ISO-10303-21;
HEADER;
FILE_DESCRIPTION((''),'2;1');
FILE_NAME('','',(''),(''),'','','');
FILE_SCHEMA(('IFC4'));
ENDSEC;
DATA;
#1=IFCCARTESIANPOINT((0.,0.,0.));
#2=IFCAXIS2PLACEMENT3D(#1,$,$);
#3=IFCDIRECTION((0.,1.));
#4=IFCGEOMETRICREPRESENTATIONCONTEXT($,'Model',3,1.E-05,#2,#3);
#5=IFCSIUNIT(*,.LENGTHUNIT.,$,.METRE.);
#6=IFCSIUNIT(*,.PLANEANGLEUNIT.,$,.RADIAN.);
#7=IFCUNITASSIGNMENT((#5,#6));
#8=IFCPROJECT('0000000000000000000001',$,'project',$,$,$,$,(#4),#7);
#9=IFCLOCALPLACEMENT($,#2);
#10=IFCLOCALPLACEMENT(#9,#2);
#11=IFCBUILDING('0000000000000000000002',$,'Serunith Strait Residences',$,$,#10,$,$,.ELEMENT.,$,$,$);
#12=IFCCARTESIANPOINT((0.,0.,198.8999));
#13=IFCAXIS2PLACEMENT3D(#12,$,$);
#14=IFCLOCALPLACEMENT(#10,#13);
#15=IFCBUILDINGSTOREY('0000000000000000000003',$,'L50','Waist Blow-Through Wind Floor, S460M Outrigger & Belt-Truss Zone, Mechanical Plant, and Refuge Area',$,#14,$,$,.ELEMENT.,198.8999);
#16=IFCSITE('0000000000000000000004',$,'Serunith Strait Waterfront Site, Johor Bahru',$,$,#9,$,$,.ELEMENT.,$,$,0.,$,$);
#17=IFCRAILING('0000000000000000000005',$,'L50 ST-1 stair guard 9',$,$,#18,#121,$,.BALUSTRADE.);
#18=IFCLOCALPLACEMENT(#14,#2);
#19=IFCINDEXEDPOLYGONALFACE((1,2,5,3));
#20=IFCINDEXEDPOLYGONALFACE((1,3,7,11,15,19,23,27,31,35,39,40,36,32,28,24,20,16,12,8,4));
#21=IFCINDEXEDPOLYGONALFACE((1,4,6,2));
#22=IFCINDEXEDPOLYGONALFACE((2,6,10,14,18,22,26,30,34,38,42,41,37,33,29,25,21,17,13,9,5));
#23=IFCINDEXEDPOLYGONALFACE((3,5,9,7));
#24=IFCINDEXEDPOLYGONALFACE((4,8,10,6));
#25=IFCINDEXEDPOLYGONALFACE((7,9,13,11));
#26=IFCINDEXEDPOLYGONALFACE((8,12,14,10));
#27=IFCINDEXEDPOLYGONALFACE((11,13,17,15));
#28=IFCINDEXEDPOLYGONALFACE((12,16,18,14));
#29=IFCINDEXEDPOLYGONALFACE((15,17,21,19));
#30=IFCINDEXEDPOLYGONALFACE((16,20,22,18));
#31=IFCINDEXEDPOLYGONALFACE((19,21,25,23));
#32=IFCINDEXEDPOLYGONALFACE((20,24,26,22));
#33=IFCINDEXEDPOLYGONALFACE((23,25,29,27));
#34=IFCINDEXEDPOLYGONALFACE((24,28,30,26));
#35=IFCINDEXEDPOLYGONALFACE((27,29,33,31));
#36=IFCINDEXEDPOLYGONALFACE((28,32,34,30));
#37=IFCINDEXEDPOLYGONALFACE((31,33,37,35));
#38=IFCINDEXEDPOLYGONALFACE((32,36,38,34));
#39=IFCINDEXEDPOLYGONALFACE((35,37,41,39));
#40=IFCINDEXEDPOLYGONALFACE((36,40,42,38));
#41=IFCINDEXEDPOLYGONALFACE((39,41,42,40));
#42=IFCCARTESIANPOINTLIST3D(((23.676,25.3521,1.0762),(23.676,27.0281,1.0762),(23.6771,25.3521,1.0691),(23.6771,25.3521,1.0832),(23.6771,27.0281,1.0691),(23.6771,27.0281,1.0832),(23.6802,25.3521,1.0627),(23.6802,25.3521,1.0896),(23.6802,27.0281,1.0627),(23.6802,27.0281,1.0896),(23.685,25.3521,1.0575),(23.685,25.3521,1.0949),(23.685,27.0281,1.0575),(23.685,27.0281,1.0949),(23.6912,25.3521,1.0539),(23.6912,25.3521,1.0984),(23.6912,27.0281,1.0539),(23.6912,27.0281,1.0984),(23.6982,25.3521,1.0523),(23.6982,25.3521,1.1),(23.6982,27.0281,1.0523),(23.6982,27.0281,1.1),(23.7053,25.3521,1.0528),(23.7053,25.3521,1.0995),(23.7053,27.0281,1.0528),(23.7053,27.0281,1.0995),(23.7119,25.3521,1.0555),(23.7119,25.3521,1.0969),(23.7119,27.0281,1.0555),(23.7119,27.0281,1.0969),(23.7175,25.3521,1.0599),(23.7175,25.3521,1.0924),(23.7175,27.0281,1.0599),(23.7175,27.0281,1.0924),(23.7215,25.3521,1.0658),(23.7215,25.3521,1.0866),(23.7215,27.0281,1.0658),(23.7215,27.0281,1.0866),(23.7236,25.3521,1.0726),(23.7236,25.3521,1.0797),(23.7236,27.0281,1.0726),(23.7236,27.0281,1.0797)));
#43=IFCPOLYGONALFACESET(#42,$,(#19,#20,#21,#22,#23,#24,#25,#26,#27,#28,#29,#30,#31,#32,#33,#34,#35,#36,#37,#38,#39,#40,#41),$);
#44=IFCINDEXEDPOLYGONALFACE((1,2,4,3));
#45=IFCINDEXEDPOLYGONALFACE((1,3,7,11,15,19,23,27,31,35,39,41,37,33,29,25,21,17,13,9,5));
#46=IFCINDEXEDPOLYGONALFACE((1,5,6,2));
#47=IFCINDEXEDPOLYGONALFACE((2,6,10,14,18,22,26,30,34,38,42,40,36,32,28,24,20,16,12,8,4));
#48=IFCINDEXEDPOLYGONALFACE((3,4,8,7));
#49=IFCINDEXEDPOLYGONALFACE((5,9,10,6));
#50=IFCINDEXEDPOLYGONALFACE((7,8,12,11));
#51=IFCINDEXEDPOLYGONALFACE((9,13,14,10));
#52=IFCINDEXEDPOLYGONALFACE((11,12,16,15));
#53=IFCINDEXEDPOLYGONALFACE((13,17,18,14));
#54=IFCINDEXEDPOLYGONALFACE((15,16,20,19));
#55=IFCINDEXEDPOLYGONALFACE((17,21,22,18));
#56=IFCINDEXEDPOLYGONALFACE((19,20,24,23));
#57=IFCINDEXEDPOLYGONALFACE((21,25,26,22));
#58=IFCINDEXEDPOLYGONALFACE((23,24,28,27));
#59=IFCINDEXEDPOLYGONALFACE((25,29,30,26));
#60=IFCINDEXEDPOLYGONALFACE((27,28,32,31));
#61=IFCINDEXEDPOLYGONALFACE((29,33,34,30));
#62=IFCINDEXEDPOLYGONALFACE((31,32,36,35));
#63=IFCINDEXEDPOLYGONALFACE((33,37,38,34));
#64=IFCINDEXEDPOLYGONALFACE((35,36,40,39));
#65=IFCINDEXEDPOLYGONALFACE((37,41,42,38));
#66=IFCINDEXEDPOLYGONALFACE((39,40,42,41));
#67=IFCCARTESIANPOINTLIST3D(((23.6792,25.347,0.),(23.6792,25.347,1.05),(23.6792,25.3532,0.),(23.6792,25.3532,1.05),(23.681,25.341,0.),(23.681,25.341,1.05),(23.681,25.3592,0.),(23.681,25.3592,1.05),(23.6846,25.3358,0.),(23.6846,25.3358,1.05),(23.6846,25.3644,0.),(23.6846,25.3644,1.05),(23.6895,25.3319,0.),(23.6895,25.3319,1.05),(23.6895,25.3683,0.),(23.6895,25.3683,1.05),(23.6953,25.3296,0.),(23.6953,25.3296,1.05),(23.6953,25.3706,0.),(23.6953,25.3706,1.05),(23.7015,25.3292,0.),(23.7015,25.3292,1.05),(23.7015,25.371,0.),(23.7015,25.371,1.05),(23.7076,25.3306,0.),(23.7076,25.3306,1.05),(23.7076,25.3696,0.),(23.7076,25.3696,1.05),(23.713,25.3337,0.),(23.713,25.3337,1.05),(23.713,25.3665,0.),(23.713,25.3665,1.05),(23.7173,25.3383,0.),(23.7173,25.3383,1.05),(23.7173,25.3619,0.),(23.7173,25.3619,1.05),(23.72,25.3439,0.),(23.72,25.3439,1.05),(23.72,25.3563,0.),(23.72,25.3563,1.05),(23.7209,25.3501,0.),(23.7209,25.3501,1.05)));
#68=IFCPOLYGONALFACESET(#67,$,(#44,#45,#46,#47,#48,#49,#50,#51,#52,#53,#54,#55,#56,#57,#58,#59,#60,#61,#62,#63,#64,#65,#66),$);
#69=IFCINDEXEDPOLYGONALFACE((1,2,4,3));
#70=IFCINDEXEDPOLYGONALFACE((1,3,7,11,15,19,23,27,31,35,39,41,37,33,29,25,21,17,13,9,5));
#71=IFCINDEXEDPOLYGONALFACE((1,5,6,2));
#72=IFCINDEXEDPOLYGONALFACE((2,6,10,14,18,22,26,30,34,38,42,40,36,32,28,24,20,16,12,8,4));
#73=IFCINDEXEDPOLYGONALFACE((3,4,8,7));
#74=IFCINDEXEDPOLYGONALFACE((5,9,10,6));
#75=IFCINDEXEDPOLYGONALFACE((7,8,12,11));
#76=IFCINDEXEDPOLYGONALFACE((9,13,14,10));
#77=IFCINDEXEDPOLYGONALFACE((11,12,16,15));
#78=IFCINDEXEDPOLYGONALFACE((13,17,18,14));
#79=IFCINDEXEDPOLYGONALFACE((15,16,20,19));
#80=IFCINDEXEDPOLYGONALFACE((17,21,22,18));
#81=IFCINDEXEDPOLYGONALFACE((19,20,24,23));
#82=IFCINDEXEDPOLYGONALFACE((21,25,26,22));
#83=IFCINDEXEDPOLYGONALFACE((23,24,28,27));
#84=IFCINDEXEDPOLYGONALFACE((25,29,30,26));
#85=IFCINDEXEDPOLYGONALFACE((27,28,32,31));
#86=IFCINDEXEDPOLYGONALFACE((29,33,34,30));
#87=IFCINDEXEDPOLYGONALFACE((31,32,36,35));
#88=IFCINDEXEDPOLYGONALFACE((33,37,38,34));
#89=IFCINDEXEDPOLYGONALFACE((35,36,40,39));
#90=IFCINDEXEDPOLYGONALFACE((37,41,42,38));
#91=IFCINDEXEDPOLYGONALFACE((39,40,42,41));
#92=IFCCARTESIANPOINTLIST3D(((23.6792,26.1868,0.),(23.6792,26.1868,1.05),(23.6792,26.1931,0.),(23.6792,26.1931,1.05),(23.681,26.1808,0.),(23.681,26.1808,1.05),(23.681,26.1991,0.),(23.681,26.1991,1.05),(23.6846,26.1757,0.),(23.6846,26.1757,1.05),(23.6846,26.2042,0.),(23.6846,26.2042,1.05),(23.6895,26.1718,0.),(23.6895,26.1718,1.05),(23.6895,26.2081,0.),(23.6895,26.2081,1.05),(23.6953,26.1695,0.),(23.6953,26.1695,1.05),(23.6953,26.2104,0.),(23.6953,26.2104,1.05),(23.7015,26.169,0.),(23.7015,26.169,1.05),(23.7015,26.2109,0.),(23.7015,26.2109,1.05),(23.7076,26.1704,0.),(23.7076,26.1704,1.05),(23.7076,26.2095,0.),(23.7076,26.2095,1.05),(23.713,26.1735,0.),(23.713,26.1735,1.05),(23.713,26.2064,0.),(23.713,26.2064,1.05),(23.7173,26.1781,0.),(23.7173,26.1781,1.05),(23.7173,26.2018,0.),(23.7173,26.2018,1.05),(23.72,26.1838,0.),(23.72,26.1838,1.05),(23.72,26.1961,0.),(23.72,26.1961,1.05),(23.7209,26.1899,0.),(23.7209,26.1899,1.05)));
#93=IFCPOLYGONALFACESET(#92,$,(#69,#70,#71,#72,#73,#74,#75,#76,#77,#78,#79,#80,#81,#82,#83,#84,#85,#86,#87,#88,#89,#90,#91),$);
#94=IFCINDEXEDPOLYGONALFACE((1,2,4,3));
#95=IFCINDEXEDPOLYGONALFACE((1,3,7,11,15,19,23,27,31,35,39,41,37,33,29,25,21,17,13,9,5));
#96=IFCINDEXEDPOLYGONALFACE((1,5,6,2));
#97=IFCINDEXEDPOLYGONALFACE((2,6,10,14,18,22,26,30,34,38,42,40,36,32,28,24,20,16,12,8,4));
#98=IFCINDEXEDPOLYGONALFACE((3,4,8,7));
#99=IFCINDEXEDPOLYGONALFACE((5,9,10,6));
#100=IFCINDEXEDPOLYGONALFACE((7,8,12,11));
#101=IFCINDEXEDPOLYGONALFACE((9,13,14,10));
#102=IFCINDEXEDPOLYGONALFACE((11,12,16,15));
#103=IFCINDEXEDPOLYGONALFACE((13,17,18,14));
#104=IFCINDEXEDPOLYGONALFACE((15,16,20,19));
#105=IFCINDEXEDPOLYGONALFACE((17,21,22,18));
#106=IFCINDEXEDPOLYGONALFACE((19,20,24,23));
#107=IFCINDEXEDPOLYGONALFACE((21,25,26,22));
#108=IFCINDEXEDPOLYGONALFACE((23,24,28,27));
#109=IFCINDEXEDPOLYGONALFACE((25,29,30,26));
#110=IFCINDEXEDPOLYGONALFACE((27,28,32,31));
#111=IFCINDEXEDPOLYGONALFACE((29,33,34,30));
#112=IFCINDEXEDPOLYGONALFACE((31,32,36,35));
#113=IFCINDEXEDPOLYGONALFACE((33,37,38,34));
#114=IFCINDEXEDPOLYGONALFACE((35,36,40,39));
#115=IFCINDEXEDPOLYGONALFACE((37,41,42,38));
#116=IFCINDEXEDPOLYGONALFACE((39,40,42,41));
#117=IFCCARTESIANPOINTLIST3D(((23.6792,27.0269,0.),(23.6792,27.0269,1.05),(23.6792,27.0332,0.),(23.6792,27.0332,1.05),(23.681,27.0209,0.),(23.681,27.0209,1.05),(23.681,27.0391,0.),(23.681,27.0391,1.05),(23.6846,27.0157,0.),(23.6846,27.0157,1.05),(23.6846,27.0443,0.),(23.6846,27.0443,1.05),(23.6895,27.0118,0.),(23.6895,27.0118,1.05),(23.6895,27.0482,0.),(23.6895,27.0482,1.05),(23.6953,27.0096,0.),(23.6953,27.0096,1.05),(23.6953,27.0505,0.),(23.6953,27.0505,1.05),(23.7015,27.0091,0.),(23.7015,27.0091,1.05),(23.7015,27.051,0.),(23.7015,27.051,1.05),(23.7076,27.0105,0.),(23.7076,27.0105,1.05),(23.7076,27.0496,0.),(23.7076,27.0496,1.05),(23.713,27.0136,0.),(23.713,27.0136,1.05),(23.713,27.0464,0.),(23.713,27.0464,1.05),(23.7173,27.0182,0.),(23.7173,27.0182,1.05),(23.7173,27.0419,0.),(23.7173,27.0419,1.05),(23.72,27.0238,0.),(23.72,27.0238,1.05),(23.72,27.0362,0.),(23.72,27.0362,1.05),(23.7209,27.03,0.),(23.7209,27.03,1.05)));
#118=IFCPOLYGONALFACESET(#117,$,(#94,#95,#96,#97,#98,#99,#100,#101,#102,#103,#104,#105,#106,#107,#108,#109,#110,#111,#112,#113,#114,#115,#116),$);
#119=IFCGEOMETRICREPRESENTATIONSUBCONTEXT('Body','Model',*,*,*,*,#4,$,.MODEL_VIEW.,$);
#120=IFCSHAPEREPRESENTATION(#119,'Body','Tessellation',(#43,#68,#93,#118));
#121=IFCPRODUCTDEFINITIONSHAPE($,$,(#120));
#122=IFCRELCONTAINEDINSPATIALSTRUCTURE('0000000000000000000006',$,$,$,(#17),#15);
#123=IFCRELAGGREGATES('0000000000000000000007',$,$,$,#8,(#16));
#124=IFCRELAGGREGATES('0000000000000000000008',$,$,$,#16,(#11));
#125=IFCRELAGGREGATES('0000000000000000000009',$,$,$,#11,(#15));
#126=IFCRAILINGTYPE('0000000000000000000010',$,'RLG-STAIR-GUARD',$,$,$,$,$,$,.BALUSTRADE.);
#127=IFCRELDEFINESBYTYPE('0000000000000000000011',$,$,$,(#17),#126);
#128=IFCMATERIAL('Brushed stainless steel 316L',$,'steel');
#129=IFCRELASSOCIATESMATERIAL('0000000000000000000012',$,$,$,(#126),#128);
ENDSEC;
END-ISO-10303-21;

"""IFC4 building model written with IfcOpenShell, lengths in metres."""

from ifc_helpers import new_model, si_unit, direction, frame, origin, origin_2d, place, context, subcontext, project, spatial, circle, extrude, material, type_object, element, save


model = new_model("IFC4")

# Units and contexts
model_context = context("Model", 3, precision=1e-05, world=origin(), true_north=direction((0.0, 1.0)))
body_context = subcontext(model_context, "Body", "Model", "MODEL_VIEW")
ifc_project = project(units=[si_unit("LENGTHUNIT", "METRE"), si_unit("PLANEANGLEUNIT", "RADIAN")], contexts=[model_context])

# Site, building, storey
site_placement = place(None, origin())
site = spatial("IfcSite", under=ifc_project, at=site_placement, Name="Serunith Strait Waterfront Site, Johor Bahru", CompositionType="ELEMENT", RefElevation=0.0)
building_placement = place(site_placement, origin())
building = spatial("IfcBuilding", under=site, at=building_placement, Name="Serunith Strait Residences", CompositionType="ELEMENT")
storey_placement = place(building_placement, frame((0.0, 0.0, 198.8999)))
storey = spatial("IfcBuildingStorey", under=building, at=storey_placement, Name="L50", Description="Waist Blow-Through Wind Floor, S460M Outrigger & Belt-Truss Zone, Mechanical Plant, and Refuge Area", CompositionType="ELEMENT", Elevation=198.8999)

# Railing
ifc_material_1 = material(Name="Brushed stainless steel 316L", Category="steel")
railing_type_1 = type_object("IfcRailingType", Name="RLG-STAIR-GUARD", PredefinedType="BALUSTRADE", material=ifc_material_1)
for number, where, name in (
    (1, (23.7, 25.3501, 0.0), "L50 ST-1 stair guard 9"),
):
    element("IfcRailing", number, at=place(storey_placement, frame(where)), inside=storey, type_object=railing_type_1, Name=name, PredefinedType="BALUSTRADE", context=body_context, shape_type="SweptSolid", body=[
        extrude(circle(Radius=0.0239, at=origin_2d()), frame((0.0, 0.002, 1.0762), z_axis=(0.0, 1.0, 0.0), x_axis=(-1.0, 0.0, 0.0)), (0.0, 0.0, 1.0), 1.676),
        extrude(circle(Radius=0.021, at=origin_2d()), origin(), (0.0, 0.0, 1.0), 1.05),
        extrude(circle(Radius=0.021, at=origin_2d()), frame((0.0, 0.8398, 0.0)), (0.0, 0.0, 1.0), 1.05),
        extrude(circle(Radius=0.021, at=origin_2d()), frame((0.0, 1.6799, 0.0)), (0.0, 0.0, 1.0), 1.05),
    ])

save(model, "model.ifc")
